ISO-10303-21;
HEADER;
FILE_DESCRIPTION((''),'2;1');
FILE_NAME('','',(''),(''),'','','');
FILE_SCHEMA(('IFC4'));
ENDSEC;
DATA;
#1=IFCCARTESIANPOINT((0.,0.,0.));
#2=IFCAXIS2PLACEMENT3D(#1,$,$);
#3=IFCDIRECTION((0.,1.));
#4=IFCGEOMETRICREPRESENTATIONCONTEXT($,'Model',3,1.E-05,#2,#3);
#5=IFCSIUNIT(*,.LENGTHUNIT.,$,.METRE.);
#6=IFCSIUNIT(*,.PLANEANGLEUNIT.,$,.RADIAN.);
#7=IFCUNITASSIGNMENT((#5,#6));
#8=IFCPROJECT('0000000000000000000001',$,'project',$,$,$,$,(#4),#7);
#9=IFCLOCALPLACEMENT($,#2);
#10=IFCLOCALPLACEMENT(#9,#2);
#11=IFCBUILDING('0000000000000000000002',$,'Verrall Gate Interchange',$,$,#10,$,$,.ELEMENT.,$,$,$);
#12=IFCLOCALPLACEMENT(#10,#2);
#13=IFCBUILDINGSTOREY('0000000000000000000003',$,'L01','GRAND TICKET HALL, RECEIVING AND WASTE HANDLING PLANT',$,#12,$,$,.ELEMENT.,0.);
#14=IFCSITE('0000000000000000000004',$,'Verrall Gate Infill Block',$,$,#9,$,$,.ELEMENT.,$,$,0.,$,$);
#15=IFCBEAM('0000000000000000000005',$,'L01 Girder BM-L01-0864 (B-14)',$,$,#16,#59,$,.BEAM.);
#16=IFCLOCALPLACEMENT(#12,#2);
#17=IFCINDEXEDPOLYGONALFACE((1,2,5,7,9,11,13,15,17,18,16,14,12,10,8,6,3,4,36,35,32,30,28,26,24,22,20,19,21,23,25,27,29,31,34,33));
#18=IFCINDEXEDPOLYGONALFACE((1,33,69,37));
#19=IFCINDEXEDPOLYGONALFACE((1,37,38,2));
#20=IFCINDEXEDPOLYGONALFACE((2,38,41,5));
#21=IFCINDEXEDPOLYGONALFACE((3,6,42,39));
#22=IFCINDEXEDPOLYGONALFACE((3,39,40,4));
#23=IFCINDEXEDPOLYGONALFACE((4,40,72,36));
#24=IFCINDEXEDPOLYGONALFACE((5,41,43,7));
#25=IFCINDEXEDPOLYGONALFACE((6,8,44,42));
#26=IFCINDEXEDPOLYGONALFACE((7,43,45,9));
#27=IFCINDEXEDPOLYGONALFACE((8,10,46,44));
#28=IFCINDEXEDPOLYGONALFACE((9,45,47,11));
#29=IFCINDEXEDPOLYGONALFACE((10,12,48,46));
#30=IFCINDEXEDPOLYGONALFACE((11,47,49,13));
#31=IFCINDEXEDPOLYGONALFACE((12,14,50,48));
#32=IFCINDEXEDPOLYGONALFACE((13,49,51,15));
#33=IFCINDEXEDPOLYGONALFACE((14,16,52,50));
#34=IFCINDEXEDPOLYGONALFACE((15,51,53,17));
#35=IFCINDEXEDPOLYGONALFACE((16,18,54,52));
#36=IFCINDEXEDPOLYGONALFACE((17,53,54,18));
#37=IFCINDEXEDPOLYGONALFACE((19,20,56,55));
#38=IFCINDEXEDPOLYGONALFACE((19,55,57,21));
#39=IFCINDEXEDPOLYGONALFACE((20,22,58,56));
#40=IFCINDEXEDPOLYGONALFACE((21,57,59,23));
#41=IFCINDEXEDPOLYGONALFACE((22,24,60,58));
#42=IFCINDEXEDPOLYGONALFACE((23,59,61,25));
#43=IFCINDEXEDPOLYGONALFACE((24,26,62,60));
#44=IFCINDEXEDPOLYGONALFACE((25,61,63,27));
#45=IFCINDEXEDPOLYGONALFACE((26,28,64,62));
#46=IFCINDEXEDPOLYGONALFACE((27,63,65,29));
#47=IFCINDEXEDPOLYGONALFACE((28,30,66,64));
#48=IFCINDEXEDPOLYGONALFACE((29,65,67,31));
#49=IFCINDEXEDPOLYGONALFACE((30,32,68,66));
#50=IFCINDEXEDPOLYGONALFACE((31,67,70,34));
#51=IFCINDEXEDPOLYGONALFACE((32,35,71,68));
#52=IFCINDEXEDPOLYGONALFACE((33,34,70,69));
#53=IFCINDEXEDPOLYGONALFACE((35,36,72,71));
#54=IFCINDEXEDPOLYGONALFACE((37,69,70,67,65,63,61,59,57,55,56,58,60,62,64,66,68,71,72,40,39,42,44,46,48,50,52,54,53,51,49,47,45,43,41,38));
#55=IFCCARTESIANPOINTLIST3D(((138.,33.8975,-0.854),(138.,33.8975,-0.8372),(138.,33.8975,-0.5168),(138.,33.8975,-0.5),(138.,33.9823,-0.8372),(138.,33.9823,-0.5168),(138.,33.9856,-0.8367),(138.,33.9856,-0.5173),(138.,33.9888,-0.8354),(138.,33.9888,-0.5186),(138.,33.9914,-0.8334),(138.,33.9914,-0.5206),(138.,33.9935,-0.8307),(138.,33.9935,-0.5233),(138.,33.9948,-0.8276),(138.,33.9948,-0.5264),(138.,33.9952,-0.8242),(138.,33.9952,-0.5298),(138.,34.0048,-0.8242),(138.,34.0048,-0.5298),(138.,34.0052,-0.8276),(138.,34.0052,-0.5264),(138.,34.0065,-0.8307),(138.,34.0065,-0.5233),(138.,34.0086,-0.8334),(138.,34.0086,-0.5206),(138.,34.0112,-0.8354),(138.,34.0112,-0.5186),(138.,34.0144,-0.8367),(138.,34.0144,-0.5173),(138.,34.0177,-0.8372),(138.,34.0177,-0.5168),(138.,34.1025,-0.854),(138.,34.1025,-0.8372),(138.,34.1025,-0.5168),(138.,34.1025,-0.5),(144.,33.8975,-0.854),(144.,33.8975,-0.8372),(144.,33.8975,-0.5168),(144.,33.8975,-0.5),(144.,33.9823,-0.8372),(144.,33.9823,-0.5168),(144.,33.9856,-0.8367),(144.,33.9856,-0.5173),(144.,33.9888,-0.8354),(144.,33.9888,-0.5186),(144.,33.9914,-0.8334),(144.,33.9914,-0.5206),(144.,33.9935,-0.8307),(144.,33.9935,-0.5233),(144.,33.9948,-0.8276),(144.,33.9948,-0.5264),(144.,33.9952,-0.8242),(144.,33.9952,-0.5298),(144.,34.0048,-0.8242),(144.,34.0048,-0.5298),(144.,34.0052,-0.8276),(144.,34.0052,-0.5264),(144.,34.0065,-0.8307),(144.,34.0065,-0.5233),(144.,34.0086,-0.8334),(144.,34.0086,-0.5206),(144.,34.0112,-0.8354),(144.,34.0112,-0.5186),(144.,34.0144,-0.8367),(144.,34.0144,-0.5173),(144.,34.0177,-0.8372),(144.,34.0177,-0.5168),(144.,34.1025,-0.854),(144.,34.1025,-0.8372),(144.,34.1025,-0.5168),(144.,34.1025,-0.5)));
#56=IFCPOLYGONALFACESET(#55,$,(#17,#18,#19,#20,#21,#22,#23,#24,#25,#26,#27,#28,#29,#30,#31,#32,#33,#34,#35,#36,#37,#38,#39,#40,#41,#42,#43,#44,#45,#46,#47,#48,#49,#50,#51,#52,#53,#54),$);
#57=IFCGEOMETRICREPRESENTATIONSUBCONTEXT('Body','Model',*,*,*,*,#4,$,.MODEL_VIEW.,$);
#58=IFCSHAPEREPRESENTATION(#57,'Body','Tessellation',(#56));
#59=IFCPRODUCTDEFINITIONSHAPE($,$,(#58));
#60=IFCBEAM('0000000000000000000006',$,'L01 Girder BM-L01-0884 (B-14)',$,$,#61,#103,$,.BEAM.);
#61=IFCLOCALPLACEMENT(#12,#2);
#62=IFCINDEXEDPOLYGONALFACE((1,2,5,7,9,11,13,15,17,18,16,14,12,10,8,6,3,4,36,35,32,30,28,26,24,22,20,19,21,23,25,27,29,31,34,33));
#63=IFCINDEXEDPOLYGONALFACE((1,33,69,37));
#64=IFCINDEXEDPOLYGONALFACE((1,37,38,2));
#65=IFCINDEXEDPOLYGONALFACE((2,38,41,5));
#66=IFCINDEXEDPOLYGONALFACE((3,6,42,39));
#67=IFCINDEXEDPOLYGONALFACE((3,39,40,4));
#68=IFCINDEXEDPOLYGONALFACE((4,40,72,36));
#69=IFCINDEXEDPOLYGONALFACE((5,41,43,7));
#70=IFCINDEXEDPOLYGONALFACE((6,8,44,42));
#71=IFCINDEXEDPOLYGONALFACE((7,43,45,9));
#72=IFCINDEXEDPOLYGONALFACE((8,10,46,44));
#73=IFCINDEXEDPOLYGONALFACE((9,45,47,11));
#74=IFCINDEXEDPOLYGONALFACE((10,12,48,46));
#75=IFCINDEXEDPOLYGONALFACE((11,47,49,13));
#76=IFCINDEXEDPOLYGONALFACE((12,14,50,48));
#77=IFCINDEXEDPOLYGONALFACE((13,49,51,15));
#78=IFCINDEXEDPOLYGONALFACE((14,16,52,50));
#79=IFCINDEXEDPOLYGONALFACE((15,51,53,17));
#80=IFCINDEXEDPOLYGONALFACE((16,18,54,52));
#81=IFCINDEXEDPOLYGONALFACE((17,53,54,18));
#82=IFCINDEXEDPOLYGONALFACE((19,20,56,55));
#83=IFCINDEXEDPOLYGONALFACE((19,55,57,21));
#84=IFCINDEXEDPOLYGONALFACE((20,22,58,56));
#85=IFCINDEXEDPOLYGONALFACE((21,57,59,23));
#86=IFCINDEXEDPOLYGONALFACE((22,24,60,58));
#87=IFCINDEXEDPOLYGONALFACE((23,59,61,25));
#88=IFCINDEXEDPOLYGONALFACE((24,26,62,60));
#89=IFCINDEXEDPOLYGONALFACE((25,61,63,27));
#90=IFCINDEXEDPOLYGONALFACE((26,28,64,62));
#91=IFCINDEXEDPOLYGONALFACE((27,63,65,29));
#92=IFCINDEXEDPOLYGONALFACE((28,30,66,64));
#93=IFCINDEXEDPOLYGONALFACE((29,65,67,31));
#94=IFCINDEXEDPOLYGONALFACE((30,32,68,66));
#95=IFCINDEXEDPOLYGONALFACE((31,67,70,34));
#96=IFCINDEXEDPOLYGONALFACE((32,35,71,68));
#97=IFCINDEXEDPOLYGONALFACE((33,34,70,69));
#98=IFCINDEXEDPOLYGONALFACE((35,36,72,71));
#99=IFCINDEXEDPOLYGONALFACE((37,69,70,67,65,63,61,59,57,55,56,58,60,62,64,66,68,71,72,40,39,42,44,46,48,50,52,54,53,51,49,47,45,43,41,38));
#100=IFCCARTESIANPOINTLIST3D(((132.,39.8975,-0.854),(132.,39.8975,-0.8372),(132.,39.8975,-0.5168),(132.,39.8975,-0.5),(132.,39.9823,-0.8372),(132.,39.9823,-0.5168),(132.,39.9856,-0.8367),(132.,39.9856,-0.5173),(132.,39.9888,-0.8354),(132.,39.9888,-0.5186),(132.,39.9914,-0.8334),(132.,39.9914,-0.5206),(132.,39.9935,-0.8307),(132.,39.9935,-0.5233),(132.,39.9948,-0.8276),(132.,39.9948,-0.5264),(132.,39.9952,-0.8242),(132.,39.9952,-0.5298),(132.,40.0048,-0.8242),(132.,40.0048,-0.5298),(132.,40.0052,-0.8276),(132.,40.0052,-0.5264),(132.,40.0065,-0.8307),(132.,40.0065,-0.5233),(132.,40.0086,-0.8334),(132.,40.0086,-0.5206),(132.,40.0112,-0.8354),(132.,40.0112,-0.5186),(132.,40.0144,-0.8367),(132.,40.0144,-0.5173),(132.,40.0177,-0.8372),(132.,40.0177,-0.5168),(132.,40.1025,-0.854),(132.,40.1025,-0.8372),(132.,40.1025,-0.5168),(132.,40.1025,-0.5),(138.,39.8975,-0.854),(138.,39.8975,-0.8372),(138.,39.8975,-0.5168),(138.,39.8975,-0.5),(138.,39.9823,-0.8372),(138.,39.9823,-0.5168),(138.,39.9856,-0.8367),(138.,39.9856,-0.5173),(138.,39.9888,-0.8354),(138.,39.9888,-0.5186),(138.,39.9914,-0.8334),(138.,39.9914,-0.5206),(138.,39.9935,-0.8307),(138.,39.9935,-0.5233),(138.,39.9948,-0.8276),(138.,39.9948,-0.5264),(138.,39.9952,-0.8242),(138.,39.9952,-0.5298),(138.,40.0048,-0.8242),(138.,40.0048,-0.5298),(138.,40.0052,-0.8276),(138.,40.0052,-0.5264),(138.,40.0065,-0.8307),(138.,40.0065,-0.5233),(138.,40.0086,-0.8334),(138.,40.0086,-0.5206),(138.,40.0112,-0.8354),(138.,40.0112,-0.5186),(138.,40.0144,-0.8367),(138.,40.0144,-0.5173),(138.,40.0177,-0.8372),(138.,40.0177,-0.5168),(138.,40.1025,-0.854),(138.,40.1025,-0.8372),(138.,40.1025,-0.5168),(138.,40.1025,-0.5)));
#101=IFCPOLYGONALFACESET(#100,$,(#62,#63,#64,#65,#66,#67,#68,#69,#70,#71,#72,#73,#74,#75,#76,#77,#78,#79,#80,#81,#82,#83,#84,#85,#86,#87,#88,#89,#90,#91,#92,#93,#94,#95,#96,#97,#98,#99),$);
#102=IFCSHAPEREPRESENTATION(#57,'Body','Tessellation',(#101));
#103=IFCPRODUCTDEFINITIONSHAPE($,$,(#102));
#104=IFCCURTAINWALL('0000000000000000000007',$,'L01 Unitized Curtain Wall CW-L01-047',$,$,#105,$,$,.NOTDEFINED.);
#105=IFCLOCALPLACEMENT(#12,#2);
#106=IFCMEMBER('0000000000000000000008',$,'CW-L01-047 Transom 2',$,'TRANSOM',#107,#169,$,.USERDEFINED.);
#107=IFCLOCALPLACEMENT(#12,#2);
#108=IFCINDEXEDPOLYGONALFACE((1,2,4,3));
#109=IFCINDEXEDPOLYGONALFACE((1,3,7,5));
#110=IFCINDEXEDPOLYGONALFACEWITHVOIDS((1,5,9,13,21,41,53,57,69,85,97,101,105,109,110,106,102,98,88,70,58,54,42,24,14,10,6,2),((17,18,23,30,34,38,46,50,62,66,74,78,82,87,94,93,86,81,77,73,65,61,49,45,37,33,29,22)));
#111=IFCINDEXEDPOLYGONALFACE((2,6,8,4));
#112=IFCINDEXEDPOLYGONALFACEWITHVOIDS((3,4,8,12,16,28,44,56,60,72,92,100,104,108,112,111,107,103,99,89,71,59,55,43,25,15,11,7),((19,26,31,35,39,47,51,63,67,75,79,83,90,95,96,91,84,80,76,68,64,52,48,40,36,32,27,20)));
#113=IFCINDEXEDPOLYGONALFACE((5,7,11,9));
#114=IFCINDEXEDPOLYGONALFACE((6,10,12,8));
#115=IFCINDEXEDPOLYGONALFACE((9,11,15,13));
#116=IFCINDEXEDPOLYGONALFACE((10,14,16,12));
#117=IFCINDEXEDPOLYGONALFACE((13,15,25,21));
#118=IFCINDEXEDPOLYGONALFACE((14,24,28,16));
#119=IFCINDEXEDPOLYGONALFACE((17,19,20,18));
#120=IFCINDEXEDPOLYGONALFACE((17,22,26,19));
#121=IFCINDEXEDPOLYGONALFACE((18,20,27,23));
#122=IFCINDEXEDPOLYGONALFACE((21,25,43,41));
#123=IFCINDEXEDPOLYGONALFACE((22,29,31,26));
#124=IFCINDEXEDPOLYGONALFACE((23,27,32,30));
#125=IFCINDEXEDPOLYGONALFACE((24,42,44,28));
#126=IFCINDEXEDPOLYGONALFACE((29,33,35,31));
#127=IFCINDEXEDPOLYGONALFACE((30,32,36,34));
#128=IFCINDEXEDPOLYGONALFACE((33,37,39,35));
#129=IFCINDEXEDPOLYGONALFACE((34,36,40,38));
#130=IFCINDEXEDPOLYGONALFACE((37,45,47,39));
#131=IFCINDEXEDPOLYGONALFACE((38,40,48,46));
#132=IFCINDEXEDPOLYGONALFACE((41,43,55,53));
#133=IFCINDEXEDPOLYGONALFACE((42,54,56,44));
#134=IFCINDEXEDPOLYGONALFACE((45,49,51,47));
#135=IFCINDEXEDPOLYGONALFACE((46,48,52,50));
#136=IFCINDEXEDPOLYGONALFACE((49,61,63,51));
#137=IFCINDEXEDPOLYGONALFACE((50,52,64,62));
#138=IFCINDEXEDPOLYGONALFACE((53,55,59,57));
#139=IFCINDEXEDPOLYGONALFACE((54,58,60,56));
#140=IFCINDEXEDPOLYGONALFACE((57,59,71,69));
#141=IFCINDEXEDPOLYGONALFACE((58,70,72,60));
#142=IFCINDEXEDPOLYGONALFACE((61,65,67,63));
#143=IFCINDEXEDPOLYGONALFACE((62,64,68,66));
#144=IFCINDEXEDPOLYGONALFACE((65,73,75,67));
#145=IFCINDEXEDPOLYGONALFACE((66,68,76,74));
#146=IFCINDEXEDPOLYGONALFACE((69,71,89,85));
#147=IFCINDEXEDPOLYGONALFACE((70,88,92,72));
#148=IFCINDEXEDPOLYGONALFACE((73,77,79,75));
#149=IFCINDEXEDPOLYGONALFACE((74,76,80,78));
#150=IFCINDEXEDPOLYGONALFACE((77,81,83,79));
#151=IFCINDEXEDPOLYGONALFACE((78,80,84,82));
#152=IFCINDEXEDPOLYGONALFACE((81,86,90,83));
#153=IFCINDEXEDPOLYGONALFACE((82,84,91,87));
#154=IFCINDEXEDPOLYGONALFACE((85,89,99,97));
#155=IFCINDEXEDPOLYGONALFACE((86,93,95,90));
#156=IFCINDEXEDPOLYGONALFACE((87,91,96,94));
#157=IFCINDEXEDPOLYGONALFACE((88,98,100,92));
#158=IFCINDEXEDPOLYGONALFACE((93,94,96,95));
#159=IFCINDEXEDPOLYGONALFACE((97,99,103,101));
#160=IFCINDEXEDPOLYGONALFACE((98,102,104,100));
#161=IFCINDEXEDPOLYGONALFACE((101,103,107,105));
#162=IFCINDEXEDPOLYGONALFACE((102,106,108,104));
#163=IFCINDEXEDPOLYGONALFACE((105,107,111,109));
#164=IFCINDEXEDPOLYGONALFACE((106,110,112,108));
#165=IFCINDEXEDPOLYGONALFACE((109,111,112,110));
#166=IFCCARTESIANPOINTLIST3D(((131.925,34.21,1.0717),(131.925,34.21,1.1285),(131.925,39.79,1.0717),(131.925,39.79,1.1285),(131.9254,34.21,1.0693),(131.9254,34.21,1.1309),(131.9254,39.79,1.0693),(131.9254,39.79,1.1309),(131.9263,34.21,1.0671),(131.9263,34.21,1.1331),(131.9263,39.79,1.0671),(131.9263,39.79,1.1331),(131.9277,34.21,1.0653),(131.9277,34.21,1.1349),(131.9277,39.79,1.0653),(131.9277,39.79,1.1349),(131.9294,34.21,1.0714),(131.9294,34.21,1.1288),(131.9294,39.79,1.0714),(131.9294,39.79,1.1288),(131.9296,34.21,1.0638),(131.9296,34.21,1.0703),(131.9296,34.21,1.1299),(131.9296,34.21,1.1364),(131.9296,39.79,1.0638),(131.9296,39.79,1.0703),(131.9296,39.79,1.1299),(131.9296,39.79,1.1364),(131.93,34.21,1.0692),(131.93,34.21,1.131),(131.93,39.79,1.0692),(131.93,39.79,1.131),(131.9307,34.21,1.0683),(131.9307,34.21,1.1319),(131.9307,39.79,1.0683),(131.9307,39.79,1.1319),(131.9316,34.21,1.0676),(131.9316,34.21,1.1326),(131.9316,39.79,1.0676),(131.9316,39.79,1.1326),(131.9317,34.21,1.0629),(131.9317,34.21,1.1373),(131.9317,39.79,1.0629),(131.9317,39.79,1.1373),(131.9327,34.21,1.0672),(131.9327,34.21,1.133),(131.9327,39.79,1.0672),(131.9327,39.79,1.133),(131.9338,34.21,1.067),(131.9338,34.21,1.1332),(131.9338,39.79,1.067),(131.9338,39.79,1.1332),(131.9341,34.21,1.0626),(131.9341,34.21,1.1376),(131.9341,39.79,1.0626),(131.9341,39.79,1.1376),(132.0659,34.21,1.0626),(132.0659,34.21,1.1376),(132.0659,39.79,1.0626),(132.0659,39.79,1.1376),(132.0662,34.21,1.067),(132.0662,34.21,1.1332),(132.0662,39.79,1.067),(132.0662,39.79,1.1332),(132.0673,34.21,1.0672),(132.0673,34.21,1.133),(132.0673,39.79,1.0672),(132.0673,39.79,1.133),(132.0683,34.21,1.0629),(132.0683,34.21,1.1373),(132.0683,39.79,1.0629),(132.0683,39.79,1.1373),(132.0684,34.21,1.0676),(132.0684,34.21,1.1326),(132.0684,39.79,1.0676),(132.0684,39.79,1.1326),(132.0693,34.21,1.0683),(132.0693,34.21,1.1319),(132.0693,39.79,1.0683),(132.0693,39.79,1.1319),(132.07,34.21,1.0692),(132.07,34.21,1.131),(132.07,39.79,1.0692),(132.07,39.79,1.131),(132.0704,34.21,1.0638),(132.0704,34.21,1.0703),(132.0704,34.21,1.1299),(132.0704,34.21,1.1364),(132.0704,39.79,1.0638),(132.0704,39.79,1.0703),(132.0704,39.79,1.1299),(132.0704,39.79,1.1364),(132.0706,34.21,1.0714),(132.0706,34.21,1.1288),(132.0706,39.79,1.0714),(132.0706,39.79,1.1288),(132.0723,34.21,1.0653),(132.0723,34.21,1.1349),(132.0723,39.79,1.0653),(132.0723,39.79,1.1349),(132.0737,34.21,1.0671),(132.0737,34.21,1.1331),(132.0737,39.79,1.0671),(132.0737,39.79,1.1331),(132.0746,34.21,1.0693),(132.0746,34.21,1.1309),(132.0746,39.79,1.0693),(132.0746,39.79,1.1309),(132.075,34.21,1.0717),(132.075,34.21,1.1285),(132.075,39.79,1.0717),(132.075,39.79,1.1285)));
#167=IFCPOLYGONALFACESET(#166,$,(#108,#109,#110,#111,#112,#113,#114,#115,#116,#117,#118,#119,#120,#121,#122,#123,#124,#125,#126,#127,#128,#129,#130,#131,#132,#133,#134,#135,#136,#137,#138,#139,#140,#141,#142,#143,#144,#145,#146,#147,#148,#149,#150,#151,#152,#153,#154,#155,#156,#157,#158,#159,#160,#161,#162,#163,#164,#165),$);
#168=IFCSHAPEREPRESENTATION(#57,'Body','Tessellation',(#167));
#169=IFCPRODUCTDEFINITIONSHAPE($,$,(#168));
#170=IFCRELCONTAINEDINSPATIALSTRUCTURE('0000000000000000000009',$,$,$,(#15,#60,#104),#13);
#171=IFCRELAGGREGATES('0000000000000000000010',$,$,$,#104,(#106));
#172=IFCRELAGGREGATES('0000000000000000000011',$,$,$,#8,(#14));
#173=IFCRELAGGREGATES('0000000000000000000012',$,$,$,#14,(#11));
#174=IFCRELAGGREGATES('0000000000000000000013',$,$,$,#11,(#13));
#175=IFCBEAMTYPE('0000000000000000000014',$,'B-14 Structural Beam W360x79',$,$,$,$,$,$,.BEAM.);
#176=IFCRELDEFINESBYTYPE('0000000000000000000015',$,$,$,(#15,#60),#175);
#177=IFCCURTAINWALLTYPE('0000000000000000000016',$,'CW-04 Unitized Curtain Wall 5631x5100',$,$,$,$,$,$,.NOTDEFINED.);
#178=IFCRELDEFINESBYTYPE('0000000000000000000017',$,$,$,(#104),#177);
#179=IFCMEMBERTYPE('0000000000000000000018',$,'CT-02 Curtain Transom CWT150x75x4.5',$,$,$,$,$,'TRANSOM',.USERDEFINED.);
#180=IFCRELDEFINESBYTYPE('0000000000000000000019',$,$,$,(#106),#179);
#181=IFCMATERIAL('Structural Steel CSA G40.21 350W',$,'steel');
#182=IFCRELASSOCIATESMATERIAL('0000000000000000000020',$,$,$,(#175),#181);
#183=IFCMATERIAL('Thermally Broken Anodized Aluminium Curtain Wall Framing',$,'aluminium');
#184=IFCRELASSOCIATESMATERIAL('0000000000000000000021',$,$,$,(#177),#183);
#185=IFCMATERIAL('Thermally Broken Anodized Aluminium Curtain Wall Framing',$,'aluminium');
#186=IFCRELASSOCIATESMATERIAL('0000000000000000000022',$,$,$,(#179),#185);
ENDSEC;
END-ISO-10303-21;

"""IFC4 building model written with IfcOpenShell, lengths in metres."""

from ifc_helpers import new_model, si_unit, direction, frame, origin, origin_2d, place, context, subcontext, project, spatial, hollow_rectangle, i_section, extrude, material, material_profile, profile_set, type_object, element, aggregate, save


model = new_model("IFC4")

# Units and contexts
model_context = context("Model", 3, precision=1e-05, world=origin(), true_north=direction((0.0, 1.0)))
body_context = subcontext(model_context, "Body", "Model", "MODEL_VIEW")
ifc_project = project(units=[si_unit("LENGTHUNIT", "METRE"), si_unit("PLANEANGLEUNIT", "RADIAN")], contexts=[model_context])

# Site, building, storey
site_placement = place(None, origin())
site = spatial("IfcSite", under=ifc_project, at=site_placement, Name="Verrall Gate Infill Block", CompositionType="ELEMENT", RefElevation=0.0)
building_placement = place(site_placement, origin())
building = spatial("IfcBuilding", under=site, at=building_placement, Name="Verrall Gate Interchange", CompositionType="ELEMENT")
storey_placement = place(building_placement, origin())
storey = spatial("IfcBuildingStorey", under=building, at=storey_placement, Name="L01", Description="GRAND TICKET HALL, RECEIVING AND WASTE HANDLING PLANT", CompositionType="ELEMENT", Elevation=0.0)

# Beams
ifc_material_1 = material(Name="Structural Steel CSA G40.21 350W", Category="steel")
ifc_material_profile_1 = material_profile(ifc_material_1, i_section(OverallWidth=0.2051, OverallDepth=0.354, WebThickness=0.0095, FlangeThickness=0.0168, FilletRadius=0.0129, at=origin_2d()), Name="W360x79")
ifc_profile_set_1 = profile_set([ifc_material_profile_1], Name="Structural Steel CSA G40.21 350W")
beam_type_1 = type_object("IfcBeamType", Name="B-14 Structural Beam W360x79", PredefinedType="BEAM", material=ifc_profile_set_1)
for number, where, z_axis, x_axis, name in (
    (1, (138.0, 34.0, -0.677), (1.0, 0.0, 0.0), (0.0, 1.0, 0.0), "L01 Girder BM-L01-0864 (B-14)"),
    (2, (132.0, 40.0, -0.677), (1.0, 0.0, 0.0), (0.0, 1.0, 0.0), "L01 Girder BM-L01-0884 (B-14)"),
):
    element("IfcBeam", number, at=place(storey_placement, frame(where, z_axis=z_axis, x_axis=x_axis)), inside=storey, type_object=beam_type_1, Name=name, PredefinedType="BEAM", context=body_context, shape_type="SweptSolid", body=[
        extrude(i_section(OverallWidth=0.2051, OverallDepth=0.354, WebThickness=0.0095, FlangeThickness=0.0168, FilletRadius=0.0129, at=origin_2d()), origin(), (0.0, 0.0, 1.0), 6.0),
    ])

# Curtain wall, member
ifc_material_2 = material(Name="Thermally Broken Anodized Aluminium Curtain Wall Framing", Category="aluminium")
curtain_wall_type = type_object("IfcCurtainWallType", Name="CW-04 Unitized Curtain Wall 5631x5100", PredefinedType="NOTDEFINED", material=ifc_material_2)
curtain_wall_placement = place(storey_placement, origin())
curtain_wall = element("IfcCurtainWall", 3, at=curtain_wall_placement, inside=storey, type_object=curtain_wall_type, Name="L01 Unitized Curtain Wall CW-L01-047", PredefinedType="NOTDEFINED")
ifc_material_3 = material(Name="Thermally Broken Anodized Aluminium Curtain Wall Framing", Category="aluminium")
ifc_material_profile_2 = material_profile(ifc_material_3, hollow_rectangle(XDim=0.1499, YDim=0.075, WallThickness=0.0044, InnerFilletRadius=0.0044, OuterFilletRadius=0.009, at=origin_2d()), Name="CWT150x75x4.5")
ifc_profile_set_2 = profile_set([ifc_material_profile_2], Name="Thermally Broken Anodized Aluminium Curtain Wall Framing")
member_type = type_object("IfcMemberType", Name="CT-02 Curtain Transom CWT150x75x4.5", ElementType="TRANSOM", PredefinedType="USERDEFINED", material=ifc_profile_set_2)
member_1_placement = place(storey_placement, frame((132.0, 39.79, 1.1001), z_axis=(0.0, -1.0, 0.0), x_axis=(1.0, 0.0, 0.0)))
member_1 = element("IfcMember", 4, at=member_1_placement, type_object=member_type, Name="CW-L01-047 Transom 2", ObjectType="TRANSOM", PredefinedType="USERDEFINED", context=body_context, shape_type="SweptSolid", body=[
    extrude(hollow_rectangle(XDim=0.1499, YDim=0.075, WallThickness=0.0044, InnerFilletRadius=0.0044, OuterFilletRadius=0.009, at=origin_2d()), origin(), (0.0, 0.0, 1.0), 5.5801),
])
aggregate(curtain_wall, [member_1])

save(model, "model.ifc")
